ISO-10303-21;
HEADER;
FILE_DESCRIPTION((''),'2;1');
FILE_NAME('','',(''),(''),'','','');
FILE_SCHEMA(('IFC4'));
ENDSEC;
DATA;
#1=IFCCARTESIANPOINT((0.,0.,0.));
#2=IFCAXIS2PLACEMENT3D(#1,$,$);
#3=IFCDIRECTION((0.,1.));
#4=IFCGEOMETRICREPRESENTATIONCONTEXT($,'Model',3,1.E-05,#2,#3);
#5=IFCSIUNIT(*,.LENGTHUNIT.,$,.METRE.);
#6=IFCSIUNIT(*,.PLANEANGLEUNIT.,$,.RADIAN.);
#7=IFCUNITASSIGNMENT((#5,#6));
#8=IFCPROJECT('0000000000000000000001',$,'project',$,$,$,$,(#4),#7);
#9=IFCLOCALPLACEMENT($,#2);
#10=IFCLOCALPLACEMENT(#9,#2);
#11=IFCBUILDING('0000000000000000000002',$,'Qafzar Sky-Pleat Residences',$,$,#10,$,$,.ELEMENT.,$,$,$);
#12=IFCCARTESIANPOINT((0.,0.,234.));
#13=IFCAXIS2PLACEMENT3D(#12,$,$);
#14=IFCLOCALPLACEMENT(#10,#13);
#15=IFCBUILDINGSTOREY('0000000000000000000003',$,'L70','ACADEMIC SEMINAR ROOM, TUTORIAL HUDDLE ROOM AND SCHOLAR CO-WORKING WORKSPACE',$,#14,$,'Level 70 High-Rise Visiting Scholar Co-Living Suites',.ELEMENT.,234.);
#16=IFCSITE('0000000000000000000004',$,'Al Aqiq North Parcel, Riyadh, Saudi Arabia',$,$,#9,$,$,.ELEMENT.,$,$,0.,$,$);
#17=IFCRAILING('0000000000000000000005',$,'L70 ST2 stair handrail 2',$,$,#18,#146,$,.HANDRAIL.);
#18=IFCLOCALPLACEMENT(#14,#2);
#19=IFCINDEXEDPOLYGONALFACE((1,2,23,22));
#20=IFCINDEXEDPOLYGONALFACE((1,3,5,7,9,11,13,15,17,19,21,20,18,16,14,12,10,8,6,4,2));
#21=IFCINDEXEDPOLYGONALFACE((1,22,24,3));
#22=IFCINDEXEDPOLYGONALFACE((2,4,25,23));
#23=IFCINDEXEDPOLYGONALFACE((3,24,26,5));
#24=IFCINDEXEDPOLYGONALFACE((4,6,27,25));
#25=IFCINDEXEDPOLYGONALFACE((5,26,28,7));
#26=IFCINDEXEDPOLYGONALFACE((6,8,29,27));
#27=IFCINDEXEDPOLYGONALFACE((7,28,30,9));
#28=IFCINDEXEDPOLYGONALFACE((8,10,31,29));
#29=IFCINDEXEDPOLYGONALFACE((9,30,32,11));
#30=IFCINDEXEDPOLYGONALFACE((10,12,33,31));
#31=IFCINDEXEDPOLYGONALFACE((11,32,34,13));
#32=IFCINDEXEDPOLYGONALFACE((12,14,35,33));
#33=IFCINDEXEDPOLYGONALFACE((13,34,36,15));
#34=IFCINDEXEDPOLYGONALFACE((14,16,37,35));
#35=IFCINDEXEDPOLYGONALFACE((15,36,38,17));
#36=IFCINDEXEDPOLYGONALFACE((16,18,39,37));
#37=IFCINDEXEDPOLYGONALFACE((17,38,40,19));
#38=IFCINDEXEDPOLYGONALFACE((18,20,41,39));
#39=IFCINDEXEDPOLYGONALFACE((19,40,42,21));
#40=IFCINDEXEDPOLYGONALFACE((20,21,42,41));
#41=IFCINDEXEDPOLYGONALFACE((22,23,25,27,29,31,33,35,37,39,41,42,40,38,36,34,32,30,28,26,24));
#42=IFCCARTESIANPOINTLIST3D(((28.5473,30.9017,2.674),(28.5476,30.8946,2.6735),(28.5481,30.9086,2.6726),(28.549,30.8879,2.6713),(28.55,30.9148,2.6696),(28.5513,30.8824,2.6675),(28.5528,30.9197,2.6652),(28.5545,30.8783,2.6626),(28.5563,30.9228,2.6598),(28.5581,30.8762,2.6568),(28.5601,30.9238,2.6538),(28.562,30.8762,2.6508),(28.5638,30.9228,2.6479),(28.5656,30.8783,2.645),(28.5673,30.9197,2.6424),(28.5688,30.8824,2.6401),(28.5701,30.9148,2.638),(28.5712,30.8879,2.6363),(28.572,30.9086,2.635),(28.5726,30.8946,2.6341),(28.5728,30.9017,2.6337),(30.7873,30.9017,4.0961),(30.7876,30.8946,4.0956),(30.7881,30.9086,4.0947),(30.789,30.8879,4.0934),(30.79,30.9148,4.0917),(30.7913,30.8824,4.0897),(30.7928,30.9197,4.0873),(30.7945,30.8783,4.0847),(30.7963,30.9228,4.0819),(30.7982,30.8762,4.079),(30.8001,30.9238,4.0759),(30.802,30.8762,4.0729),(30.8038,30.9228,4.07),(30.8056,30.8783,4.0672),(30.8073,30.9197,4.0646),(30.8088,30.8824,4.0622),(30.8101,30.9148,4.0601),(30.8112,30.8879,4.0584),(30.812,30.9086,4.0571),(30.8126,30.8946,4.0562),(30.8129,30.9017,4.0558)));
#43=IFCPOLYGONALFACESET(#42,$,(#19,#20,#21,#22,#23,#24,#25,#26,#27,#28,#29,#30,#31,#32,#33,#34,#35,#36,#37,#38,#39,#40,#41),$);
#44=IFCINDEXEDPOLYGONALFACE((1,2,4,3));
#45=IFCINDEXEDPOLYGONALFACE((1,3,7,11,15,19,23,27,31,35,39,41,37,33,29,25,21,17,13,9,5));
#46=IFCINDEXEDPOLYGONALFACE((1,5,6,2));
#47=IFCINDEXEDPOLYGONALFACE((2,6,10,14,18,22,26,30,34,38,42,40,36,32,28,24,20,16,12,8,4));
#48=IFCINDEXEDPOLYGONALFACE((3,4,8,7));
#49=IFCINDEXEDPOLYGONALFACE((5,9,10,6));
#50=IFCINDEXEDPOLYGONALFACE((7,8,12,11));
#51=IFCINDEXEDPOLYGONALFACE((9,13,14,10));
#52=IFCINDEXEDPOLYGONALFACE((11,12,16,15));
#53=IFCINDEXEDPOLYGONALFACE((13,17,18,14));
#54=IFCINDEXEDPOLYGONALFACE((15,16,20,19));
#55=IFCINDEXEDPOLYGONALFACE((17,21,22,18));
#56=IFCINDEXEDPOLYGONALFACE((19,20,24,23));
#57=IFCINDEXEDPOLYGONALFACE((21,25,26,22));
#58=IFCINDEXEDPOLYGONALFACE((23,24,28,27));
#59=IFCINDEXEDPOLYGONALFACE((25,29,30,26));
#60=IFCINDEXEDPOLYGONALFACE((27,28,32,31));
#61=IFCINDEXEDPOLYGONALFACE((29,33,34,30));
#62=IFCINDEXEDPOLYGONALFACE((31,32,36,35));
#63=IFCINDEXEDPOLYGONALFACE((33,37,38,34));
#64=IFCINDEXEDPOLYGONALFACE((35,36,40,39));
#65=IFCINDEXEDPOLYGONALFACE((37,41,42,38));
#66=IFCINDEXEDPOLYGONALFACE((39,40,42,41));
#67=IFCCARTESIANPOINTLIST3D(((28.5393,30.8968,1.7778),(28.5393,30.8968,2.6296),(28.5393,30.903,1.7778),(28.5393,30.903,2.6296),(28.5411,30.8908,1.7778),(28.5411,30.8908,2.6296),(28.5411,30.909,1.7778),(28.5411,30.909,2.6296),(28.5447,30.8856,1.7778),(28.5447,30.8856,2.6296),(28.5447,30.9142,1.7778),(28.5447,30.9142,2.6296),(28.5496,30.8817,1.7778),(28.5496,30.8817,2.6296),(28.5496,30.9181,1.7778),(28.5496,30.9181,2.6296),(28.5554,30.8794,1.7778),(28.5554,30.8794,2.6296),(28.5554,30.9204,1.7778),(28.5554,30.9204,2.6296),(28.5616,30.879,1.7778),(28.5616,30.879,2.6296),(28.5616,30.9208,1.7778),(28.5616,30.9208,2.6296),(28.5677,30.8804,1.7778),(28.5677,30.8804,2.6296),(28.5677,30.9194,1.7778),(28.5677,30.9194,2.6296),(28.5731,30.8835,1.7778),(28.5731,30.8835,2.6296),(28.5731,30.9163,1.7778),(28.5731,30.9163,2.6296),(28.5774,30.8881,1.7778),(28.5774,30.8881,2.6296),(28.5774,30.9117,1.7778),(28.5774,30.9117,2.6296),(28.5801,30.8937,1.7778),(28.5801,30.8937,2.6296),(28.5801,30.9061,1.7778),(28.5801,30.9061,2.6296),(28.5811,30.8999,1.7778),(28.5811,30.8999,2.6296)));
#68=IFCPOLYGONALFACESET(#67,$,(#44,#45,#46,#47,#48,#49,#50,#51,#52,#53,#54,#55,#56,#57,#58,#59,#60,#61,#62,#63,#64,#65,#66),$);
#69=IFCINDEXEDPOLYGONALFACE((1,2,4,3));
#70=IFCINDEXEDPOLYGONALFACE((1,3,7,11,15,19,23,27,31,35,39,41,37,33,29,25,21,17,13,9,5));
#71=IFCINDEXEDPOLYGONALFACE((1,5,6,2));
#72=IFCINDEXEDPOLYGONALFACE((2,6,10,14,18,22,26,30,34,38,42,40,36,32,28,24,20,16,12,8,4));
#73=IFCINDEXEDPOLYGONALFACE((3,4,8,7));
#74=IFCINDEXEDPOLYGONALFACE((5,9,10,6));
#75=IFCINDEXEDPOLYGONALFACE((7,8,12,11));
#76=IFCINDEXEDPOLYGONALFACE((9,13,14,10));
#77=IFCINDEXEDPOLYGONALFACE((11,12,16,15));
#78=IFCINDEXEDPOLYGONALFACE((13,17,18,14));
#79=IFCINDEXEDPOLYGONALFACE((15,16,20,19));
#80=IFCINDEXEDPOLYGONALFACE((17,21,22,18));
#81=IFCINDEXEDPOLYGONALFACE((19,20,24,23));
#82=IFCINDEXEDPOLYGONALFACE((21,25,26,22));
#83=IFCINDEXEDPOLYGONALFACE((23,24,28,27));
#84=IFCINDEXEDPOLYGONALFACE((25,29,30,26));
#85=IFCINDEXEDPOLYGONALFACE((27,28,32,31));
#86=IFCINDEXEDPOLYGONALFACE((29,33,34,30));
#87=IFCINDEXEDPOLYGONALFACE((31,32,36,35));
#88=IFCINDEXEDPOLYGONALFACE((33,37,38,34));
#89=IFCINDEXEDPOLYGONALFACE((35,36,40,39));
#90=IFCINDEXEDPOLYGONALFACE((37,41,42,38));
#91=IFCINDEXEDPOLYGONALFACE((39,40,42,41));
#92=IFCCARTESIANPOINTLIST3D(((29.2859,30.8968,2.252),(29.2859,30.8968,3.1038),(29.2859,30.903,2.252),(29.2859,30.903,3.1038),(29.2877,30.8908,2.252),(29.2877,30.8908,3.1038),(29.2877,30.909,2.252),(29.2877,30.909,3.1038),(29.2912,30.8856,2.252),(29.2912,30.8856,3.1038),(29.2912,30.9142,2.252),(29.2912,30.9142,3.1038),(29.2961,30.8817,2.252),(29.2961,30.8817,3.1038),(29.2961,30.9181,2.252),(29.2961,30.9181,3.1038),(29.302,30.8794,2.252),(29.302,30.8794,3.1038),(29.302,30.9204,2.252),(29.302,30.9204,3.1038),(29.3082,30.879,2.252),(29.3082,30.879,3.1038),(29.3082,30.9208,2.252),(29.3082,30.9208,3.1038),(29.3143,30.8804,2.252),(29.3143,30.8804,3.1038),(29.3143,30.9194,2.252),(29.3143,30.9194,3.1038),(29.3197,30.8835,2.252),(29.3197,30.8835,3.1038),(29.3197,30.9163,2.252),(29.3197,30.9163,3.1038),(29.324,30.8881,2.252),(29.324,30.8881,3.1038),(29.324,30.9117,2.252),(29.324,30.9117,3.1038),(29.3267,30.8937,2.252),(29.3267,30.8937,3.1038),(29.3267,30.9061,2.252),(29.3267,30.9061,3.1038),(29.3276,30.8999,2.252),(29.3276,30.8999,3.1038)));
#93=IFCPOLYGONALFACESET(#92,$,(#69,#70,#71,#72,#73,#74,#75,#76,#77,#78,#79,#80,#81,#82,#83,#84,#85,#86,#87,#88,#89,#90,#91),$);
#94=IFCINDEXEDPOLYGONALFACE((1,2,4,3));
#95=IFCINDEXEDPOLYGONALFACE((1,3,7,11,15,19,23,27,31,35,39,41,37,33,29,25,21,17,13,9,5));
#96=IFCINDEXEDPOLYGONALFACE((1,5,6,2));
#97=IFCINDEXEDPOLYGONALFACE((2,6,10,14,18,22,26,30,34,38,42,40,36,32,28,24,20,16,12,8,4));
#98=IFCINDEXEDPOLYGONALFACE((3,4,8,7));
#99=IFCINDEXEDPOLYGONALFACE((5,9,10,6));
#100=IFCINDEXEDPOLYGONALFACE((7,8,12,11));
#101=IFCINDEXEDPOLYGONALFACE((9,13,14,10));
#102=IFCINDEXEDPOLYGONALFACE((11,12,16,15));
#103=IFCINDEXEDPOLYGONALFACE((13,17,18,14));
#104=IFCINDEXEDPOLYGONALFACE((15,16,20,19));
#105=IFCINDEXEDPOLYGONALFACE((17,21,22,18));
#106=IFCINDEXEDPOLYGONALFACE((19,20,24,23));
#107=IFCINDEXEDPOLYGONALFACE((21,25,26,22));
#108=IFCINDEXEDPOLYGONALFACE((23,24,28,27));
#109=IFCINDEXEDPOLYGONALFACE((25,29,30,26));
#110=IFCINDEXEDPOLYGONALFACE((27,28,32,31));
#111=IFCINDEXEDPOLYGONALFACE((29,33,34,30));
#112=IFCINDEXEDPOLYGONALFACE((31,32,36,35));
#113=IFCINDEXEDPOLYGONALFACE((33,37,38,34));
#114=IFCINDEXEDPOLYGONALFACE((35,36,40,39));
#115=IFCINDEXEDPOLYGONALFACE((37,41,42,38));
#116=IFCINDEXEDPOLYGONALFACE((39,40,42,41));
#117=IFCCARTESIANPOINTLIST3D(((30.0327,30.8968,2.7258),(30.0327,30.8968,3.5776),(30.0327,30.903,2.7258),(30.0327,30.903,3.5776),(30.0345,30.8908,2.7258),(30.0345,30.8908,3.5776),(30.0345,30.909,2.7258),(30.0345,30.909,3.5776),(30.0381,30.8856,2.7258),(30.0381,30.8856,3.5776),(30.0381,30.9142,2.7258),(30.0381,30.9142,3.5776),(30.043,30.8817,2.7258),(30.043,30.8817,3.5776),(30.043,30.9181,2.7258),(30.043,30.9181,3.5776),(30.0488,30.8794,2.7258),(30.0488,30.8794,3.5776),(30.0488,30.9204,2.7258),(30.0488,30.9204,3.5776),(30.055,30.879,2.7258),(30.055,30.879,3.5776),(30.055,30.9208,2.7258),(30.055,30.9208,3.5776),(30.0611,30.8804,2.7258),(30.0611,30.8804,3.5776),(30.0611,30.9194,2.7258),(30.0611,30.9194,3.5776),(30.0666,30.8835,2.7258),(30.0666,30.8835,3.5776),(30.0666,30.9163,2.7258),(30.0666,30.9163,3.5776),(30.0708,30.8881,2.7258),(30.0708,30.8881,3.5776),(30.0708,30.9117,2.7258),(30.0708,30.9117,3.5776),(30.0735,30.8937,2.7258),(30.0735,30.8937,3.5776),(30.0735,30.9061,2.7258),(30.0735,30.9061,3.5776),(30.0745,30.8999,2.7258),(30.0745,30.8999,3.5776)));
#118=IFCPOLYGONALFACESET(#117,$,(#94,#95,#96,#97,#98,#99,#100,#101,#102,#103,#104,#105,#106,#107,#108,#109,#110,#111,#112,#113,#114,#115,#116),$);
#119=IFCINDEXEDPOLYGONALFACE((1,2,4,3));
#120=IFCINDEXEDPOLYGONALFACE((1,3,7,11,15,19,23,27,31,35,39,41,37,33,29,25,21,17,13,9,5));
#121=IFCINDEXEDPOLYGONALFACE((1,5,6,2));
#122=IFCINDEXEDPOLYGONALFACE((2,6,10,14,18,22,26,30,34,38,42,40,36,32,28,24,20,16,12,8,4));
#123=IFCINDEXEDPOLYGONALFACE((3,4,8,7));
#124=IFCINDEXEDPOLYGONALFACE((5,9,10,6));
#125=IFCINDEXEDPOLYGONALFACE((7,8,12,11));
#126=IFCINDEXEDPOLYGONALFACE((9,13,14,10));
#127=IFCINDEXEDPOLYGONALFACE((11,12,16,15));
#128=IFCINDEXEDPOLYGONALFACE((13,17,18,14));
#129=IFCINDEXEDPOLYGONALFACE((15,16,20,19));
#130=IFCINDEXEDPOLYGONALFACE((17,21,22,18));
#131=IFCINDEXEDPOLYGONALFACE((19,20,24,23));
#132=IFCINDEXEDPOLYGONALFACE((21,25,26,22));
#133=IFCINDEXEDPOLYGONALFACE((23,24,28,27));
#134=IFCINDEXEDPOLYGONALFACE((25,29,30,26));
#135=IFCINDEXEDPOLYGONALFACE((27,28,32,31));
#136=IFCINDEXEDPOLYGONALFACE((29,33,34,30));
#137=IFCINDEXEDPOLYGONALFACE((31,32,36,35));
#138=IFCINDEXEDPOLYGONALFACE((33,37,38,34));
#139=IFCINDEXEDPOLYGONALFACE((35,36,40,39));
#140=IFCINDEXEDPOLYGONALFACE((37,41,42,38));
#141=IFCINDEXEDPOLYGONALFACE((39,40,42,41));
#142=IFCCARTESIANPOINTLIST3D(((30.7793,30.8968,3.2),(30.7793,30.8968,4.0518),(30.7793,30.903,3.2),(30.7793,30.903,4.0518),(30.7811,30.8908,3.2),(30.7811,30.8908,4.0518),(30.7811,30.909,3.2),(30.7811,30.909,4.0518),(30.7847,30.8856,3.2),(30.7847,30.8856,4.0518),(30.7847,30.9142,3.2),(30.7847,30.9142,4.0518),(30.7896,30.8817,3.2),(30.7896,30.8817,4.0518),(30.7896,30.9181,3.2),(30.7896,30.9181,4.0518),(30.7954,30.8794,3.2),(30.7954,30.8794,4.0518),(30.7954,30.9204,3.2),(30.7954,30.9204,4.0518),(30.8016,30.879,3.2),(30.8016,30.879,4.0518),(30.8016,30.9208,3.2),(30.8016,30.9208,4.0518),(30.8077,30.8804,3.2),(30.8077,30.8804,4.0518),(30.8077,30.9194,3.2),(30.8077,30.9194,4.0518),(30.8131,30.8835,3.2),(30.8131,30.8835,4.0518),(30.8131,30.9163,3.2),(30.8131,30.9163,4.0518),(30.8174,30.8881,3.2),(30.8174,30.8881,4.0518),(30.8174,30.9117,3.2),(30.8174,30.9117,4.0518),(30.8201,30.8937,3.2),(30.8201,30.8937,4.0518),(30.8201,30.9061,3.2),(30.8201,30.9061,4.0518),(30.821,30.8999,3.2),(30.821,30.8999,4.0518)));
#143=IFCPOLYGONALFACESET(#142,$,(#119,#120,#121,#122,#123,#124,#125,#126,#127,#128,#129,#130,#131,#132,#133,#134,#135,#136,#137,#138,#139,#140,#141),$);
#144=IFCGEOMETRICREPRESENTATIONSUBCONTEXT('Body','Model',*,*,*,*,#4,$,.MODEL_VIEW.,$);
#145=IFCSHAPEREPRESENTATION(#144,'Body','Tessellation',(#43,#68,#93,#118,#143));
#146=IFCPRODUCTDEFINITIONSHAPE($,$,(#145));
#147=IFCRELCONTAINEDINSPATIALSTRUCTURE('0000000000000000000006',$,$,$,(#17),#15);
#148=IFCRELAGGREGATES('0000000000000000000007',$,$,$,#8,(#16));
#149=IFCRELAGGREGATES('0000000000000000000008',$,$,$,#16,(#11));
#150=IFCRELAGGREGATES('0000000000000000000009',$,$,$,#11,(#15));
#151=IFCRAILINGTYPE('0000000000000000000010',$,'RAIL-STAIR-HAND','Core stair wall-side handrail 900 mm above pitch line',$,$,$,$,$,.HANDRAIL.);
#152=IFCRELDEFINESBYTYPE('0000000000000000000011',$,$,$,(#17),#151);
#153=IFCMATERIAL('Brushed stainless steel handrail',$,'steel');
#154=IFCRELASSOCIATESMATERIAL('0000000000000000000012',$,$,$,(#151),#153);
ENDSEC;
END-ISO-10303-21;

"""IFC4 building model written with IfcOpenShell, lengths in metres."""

from ifc_helpers import new_model, si_unit, direction, frame, origin, origin_2d, place, context, subcontext, project, spatial, circle, extrude, source, transform, mapped, material, type_object, element, save


model = new_model("IFC4")

# Units and contexts
model_context = context("Model", 3, precision=1e-05, world=origin(), true_north=direction((0.0, 1.0)))
body_context = subcontext(model_context, "Body", "Model", "MODEL_VIEW")
ifc_project = project(units=[si_unit("LENGTHUNIT", "METRE"), si_unit("PLANEANGLEUNIT", "RADIAN")], contexts=[model_context])

# Site, building, storey
site_placement = place(None, origin())
site = spatial("IfcSite", under=ifc_project, at=site_placement, Name="Al Aqiq North Parcel, Riyadh, Saudi Arabia", CompositionType="ELEMENT", RefElevation=0.0)
building_placement = place(site_placement, origin())
building = spatial("IfcBuilding", under=site, at=building_placement, Name="Qafzar Sky-Pleat Residences", CompositionType="ELEMENT")
storey_placement = place(building_placement, frame((0.0, 0.0, 234.0)))
storey = spatial("IfcBuildingStorey", under=building, at=storey_placement, Name="L70", Description="ACADEMIC SEMINAR ROOM, TUTORIAL HUDDLE ROOM AND SCHOLAR CO-WORKING WORKSPACE", LongName="Level 70 High-Rise Visiting Scholar Co-Living Suites", CompositionType="ELEMENT", Elevation=234.0)

# Railing
ifc_material_1 = material(Name="Brushed stainless steel handrail", Category="steel")
railing_type_1 = type_object("IfcRailingType", Name="RAIL-STAIR-HAND", Description="Core stair wall-side handrail 900 mm above pitch line", PredefinedType="HANDRAIL", material=ifc_material_1)
shared_shape_1 = source(origin(), body_context, "Body", "SweptSolid", [
    extrude(circle(Radius=0.0239, at=origin_2d()), frame((0.0, 0.0, 0.876), z_axis=(0.844229, 0.0, 0.535982), x_axis=(0.0, 1.0, 0.0)), (0.0, 0.0, 1.0), 2.6533),
    extrude(circle(Radius=0.021, at=origin_2d()), origin(), (0.0, 0.0, 1.0), 0.8518),
    extrude(circle(Radius=0.021, at=origin_2d()), frame((0.7466, 0.0, 0.4741)), (0.0, 0.0, 1.0), 0.8518),
    extrude(circle(Radius=0.021, at=origin_2d()), frame((1.4934, 0.0, 0.948)), (0.0, 0.0, 1.0), 0.8518),
    extrude(circle(Radius=0.021, at=origin_2d()), frame((2.24, 0.0, 1.4221)), (0.0, 0.0, 1.0), 0.8518),
])
railing_1_placement = place(storey_placement, frame((28.5601, 30.8999, 1.7778)))
element("IfcRailing", 1, at=railing_1_placement, inside=storey, type_object=railing_type_1, Name="L70 ST2 stair handrail 2", PredefinedType="HANDRAIL", context=body_context, shape_type="MappedRepresentation", body=[
    mapped(shared_shape_1, transform((0.0, 0.0, 0.0), x_axis=(1.0, 0.0, 0.0), y_axis=(0.0, 1.0, 0.0), z_axis=(0.0, 0.0, 1.0), scale=1.0)),
])

save(model, "model.ifc")
